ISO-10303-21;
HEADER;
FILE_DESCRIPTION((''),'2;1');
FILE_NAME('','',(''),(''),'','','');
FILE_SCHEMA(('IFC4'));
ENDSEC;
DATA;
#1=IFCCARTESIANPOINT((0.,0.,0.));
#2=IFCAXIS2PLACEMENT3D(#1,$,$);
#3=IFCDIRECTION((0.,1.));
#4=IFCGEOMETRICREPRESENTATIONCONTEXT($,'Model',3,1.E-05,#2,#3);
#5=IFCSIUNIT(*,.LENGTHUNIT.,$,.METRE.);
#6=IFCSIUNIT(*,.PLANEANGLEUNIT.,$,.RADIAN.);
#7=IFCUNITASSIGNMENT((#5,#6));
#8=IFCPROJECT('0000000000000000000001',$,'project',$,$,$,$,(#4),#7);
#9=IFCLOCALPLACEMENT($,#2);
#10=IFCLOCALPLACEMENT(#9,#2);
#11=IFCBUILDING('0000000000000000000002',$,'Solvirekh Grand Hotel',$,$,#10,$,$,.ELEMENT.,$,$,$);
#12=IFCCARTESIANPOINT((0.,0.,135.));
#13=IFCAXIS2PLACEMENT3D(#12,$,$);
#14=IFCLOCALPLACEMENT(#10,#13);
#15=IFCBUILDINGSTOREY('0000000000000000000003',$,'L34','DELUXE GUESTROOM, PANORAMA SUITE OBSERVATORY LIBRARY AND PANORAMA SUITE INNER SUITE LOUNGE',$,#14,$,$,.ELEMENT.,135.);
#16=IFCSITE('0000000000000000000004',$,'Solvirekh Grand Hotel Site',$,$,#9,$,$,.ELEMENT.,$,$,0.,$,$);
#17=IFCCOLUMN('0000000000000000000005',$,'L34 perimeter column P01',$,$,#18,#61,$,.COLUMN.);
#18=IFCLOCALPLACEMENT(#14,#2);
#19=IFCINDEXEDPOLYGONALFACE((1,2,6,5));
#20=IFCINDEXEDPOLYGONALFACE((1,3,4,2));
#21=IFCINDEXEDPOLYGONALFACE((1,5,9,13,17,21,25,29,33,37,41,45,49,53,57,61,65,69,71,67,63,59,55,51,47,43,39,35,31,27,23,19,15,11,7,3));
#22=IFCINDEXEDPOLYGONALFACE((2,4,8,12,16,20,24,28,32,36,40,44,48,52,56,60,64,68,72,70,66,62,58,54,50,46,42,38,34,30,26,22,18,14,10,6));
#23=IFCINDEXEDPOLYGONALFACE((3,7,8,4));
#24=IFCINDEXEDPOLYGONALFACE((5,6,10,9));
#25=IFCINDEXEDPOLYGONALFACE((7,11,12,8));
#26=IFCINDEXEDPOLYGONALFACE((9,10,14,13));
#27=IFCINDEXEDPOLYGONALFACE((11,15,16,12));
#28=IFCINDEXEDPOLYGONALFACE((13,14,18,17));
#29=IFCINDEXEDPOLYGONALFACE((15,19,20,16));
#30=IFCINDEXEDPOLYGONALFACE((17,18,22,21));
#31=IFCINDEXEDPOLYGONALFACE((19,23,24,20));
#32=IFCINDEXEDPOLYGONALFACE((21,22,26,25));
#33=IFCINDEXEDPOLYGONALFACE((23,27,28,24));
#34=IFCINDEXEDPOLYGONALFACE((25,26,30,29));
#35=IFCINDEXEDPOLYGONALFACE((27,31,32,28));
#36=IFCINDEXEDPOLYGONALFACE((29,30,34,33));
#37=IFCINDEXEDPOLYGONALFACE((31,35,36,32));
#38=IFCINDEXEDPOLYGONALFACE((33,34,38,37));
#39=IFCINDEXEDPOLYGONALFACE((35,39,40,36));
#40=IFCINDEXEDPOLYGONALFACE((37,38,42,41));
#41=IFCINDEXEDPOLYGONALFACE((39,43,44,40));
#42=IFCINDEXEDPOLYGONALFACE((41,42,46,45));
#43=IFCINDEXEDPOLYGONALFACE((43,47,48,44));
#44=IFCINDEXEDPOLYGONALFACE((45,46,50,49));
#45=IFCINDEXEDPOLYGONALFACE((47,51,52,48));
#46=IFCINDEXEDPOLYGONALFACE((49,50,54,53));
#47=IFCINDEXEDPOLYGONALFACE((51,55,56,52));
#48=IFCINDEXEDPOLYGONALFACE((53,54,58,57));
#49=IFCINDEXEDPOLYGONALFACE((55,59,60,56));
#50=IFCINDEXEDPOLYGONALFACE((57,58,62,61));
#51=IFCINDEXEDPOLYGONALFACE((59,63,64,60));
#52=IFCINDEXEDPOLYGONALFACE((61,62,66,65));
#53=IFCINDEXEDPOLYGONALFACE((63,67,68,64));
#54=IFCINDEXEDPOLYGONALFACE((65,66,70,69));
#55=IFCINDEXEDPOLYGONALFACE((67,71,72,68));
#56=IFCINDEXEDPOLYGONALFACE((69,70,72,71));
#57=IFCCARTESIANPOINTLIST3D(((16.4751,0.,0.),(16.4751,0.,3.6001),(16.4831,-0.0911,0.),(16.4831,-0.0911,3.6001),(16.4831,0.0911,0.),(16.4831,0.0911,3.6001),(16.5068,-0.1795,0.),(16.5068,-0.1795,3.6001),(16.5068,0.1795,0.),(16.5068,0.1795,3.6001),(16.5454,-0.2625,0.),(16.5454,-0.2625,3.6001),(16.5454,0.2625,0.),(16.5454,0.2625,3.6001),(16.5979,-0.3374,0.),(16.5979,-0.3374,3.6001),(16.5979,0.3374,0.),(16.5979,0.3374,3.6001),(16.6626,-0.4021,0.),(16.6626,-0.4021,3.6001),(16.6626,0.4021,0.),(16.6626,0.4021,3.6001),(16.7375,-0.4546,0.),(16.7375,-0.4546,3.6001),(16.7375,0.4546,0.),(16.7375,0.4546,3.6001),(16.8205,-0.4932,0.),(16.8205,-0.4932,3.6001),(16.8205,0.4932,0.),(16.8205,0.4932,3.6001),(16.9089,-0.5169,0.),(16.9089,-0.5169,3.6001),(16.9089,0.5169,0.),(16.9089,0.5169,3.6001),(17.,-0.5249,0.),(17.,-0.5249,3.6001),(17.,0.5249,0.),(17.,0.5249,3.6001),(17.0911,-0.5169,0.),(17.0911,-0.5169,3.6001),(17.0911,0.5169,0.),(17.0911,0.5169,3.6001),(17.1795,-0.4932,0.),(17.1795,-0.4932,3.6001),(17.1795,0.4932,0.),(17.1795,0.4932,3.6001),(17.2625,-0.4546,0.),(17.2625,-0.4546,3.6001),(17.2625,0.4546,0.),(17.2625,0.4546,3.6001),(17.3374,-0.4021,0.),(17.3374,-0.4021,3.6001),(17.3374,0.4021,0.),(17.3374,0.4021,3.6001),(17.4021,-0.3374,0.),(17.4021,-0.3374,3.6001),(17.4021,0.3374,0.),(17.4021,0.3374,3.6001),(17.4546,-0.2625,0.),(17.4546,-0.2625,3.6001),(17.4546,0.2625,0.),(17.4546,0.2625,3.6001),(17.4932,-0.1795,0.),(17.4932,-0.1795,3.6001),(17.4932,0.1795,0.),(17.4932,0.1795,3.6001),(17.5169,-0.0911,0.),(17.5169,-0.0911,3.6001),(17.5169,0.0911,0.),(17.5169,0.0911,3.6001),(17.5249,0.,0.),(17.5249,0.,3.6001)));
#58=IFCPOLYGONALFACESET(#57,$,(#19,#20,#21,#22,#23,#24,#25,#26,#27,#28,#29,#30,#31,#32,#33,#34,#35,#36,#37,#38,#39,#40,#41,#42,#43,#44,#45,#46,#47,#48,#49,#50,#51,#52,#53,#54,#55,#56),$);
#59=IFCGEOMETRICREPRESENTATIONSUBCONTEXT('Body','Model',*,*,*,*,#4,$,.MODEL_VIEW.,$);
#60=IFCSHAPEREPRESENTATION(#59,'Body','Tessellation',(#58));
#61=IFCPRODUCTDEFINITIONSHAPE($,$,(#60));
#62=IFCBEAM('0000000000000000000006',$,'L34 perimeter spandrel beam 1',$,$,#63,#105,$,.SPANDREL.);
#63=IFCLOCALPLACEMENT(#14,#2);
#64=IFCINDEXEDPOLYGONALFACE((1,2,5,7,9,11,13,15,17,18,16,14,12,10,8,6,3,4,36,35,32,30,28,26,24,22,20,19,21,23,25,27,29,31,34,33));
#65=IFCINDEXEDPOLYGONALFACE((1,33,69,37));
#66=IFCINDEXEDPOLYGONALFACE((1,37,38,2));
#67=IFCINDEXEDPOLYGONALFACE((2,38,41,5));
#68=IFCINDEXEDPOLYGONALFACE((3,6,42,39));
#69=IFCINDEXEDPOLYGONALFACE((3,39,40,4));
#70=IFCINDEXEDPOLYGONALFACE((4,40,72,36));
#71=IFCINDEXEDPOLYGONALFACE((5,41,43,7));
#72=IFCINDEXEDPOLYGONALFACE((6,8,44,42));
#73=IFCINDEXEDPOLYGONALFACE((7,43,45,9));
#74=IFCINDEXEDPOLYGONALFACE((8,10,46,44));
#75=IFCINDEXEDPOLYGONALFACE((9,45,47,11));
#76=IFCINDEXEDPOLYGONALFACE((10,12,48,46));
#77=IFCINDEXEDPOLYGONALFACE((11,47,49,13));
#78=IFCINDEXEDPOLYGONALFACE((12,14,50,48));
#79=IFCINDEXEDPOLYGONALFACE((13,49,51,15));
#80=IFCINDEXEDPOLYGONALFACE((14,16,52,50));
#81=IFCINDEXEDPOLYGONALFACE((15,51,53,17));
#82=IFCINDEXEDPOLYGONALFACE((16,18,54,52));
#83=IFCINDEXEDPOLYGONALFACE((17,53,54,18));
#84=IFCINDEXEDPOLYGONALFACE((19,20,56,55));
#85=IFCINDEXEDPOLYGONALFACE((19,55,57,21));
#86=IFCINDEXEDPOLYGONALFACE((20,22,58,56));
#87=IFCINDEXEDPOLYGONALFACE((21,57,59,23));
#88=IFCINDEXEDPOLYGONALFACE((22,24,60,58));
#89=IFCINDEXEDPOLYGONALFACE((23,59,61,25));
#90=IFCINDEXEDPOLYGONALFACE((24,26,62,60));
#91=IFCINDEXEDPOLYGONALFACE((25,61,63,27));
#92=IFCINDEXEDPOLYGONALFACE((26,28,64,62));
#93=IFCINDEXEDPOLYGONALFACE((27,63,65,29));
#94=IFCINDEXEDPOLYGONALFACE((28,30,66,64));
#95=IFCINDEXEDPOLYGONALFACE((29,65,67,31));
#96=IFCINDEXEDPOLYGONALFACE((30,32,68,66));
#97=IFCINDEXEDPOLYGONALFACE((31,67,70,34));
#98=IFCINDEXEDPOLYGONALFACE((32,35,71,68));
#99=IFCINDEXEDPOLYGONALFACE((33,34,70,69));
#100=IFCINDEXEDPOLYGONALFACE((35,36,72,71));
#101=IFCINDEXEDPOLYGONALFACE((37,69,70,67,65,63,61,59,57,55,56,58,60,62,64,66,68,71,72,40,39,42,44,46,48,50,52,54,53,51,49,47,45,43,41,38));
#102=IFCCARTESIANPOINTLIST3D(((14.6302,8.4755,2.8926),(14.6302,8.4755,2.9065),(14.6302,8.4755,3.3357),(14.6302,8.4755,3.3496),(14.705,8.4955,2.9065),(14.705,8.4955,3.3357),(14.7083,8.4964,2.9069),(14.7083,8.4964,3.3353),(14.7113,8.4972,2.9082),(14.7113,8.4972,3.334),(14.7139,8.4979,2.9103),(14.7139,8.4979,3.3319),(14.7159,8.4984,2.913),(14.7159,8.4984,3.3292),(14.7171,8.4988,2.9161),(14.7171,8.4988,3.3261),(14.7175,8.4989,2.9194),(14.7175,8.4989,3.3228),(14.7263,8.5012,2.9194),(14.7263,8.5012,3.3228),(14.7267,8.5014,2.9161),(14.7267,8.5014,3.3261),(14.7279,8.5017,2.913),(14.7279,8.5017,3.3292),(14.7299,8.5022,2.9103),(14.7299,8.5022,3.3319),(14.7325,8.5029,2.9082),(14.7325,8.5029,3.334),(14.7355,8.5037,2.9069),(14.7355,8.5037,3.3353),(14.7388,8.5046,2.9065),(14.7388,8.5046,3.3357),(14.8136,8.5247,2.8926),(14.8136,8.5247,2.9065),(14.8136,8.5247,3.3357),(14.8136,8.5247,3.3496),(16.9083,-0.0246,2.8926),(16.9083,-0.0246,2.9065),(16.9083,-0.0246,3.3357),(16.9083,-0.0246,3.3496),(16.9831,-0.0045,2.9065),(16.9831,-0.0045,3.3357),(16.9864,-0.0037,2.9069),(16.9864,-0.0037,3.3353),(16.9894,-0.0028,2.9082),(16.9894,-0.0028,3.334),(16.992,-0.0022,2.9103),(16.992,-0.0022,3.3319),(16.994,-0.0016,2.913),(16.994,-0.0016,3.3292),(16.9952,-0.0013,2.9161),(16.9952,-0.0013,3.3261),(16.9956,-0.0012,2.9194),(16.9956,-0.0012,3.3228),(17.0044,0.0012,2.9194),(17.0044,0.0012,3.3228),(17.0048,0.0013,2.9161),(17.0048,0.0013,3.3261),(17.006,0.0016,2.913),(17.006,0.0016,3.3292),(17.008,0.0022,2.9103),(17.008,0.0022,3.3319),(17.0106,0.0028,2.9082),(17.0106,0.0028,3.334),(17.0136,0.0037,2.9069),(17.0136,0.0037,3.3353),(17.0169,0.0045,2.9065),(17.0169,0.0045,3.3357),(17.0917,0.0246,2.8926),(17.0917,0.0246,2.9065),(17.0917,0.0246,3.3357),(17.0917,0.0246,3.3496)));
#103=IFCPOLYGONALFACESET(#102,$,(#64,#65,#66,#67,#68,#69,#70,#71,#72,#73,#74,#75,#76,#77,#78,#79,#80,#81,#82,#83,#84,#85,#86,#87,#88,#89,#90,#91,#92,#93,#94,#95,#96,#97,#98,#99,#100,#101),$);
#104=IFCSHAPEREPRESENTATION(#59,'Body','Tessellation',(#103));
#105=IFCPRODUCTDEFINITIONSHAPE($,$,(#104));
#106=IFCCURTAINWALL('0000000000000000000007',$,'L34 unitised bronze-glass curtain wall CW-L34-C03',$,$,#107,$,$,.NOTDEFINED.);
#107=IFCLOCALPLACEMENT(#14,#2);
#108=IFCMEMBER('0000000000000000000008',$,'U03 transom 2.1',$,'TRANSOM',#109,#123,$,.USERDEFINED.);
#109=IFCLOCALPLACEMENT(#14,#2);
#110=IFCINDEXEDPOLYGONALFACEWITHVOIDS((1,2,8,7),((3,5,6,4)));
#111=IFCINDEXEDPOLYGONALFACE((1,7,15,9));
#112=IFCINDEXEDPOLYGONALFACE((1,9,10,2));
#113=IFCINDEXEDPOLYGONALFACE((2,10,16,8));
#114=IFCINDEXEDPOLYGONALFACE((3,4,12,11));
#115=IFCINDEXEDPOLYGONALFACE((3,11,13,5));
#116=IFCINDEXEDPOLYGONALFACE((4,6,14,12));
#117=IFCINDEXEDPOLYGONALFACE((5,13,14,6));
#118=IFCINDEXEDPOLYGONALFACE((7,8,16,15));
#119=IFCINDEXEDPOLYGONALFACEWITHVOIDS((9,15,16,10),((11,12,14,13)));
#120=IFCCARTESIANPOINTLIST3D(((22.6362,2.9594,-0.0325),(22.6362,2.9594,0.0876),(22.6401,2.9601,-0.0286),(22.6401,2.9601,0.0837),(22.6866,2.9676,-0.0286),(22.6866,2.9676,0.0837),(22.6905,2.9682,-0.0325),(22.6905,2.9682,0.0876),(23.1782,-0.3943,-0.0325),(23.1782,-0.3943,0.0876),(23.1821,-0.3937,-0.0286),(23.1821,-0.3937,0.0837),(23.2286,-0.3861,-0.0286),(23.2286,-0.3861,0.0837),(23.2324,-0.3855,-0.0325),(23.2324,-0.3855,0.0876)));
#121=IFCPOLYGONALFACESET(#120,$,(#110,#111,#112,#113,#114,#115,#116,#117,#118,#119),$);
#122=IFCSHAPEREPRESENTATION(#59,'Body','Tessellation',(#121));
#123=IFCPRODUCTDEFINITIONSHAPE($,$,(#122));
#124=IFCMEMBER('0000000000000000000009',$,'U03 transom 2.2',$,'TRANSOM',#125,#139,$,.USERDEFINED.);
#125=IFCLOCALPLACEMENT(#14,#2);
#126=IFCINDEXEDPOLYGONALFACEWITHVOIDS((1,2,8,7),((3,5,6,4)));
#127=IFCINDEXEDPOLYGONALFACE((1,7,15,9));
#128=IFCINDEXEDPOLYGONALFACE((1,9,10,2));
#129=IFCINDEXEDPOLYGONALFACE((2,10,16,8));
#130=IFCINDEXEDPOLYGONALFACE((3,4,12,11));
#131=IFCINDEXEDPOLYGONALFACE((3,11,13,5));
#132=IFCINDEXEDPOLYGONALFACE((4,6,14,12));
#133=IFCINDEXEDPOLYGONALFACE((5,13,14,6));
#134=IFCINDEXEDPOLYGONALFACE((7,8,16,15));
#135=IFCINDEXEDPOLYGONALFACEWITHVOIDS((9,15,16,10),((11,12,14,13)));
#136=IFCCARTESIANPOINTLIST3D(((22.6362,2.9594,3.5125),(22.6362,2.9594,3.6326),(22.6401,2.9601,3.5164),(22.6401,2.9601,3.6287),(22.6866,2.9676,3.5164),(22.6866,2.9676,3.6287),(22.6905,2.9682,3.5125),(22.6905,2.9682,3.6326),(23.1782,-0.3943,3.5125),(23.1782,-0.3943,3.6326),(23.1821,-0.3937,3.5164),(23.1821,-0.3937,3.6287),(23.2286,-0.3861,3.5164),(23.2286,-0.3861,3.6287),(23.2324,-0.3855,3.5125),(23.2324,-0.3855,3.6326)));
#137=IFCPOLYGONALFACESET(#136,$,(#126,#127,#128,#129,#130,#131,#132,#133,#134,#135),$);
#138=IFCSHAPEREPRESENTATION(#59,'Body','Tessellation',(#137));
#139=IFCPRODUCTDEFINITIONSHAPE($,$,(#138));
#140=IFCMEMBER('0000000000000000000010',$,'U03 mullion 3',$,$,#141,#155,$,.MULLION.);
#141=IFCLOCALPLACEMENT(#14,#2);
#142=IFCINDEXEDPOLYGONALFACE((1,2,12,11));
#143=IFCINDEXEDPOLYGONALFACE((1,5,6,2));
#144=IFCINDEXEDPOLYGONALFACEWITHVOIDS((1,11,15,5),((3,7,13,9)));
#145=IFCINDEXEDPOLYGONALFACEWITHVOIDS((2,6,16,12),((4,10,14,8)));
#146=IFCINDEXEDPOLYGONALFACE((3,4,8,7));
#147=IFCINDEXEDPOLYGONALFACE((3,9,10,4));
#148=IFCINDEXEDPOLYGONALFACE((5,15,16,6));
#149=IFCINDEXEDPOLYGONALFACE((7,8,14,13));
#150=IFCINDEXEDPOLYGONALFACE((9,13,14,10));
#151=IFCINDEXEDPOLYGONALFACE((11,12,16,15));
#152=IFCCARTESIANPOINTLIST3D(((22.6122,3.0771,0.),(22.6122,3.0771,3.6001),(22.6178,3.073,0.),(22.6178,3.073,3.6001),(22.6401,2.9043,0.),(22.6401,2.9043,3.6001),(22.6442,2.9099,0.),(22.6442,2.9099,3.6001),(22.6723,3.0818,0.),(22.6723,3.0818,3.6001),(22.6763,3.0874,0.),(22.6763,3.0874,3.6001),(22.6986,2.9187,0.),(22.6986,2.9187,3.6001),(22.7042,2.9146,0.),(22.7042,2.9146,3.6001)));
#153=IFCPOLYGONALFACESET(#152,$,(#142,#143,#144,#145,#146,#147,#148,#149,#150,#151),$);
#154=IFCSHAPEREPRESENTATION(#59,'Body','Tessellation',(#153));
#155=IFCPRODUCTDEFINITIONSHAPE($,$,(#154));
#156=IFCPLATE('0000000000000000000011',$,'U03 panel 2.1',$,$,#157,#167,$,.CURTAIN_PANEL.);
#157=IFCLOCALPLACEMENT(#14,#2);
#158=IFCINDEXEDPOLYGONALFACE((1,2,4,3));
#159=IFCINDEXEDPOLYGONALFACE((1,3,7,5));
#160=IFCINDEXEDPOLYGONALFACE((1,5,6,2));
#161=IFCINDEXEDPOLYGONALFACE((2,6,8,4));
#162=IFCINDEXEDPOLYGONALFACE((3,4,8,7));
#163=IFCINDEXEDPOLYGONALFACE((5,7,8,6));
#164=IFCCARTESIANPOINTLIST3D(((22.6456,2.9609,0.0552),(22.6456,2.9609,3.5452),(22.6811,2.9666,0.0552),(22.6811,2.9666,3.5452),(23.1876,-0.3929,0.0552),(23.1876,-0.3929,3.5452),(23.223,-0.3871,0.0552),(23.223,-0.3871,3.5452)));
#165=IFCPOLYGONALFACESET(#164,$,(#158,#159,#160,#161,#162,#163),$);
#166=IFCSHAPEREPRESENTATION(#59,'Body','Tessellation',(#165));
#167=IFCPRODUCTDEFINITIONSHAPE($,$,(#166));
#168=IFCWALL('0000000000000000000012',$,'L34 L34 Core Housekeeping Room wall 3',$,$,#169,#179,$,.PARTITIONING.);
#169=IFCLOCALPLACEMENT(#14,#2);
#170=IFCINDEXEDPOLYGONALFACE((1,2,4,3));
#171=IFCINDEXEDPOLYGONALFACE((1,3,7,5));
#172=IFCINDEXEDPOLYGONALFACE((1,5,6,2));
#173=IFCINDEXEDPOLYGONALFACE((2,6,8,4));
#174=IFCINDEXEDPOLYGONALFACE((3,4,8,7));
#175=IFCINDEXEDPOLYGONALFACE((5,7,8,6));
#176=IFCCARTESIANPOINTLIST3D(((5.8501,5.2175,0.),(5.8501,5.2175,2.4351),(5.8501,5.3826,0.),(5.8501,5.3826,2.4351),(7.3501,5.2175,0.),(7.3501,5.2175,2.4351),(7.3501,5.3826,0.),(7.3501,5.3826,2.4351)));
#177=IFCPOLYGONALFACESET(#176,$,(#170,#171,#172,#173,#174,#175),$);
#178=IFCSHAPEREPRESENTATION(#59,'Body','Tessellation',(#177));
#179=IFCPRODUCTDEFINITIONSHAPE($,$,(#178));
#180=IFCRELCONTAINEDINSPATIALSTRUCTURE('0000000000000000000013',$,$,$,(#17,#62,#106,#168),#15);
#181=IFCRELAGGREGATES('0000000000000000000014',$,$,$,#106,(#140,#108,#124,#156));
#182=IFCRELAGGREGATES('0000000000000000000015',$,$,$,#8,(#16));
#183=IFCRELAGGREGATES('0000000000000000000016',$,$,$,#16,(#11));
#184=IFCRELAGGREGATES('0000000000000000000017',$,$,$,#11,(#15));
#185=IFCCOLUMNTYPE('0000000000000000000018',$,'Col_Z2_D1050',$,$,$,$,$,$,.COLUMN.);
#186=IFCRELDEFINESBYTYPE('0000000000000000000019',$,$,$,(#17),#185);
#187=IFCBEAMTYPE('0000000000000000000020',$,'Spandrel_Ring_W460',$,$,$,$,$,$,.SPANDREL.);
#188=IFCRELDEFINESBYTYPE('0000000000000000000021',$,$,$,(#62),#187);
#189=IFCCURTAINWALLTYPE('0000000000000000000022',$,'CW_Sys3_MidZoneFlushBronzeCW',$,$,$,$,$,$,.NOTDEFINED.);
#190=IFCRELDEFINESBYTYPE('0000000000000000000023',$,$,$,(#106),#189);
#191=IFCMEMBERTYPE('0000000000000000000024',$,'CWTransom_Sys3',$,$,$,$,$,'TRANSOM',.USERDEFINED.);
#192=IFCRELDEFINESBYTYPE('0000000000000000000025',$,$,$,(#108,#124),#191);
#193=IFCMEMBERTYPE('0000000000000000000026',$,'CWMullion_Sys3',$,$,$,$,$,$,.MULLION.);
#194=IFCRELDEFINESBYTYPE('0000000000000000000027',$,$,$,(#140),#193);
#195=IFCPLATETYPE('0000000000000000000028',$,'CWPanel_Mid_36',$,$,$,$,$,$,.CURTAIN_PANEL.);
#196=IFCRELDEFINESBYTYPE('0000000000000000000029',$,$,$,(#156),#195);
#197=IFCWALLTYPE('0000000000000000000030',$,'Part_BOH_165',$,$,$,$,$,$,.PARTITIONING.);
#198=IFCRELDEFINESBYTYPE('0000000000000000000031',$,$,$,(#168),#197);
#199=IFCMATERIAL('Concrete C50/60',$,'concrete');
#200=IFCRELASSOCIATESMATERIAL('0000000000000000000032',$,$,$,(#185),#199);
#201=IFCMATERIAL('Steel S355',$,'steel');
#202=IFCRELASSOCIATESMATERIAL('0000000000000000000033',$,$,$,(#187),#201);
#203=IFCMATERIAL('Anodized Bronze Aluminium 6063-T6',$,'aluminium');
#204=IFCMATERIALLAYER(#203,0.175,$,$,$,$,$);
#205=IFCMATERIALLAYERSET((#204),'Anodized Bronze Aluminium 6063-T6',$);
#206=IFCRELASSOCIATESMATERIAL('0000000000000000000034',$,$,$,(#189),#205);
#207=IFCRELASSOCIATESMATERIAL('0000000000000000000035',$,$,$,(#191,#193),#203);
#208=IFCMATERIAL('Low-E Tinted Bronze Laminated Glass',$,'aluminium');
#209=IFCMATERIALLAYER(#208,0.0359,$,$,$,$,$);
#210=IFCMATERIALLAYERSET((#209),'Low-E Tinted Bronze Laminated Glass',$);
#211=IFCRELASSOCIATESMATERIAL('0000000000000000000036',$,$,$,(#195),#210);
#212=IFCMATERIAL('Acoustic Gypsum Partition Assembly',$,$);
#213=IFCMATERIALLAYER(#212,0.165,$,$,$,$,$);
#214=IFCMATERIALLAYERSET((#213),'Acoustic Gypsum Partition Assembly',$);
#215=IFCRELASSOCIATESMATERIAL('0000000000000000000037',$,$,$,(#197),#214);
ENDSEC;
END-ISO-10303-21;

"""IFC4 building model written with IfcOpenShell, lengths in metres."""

from ifc_helpers import new_model, si_unit, direction, frame, frame_2d, origin, origin_2d, place, context, subcontext, project, spatial, rectangle, hollow_rectangle, circle, i_section, extrude, source, transform, mapped, material, layer, layer_set, material_profile, profile_set, type_object, element, aggregate, save


model = new_model("IFC4")

# Units and contexts
model_context = context("Model", 3, precision=1e-05, world=origin(), true_north=direction((0.0, 1.0)))
body_context = subcontext(model_context, "Body", "Model", "MODEL_VIEW")
ifc_project = project(units=[si_unit("LENGTHUNIT", "METRE"), si_unit("PLANEANGLEUNIT", "RADIAN")], contexts=[model_context])

# Site, building, storey
site_placement = place(None, origin())
site = spatial("IfcSite", under=ifc_project, at=site_placement, Name="Solvirekh Grand Hotel Site", CompositionType="ELEMENT", RefElevation=0.0)
building_placement = place(site_placement, origin())
building = spatial("IfcBuilding", under=site, at=building_placement, Name="Solvirekh Grand Hotel", CompositionType="ELEMENT")
storey_placement = place(building_placement, frame((0.0, 0.0, 135.0)))
storey = spatial("IfcBuildingStorey", under=building, at=storey_placement, Name="L34", Description="DELUXE GUESTROOM, PANORAMA SUITE OBSERVATORY LIBRARY AND PANORAMA SUITE INNER SUITE LOUNGE", CompositionType="ELEMENT", Elevation=135.0)

# Column
ifc_material_1 = material(Name="Concrete C50/60", Category="concrete")
ifc_material_profile_1 = material_profile(ifc_material_1, circle(Radius=0.5249, at=origin_2d()), Name="RC CIRC D1050")
ifc_profile_set_1 = profile_set([ifc_material_profile_1], Name="Concrete C50/60")
column_type = type_object("IfcColumnType", Name="Col_Z2_D1050", PredefinedType="COLUMN", material=ifc_profile_set_1)
column_placement = place(storey_placement, frame((17.0, 0.0, 0.0), z_axis=(0.0, 0.0, 1.0), x_axis=(1.0, 0.0, 0.0)))
element("IfcColumn", 1, at=column_placement, inside=storey, type_object=column_type, Name="L34 perimeter column P01", PredefinedType="COLUMN", context=body_context, shape_type="SweptSolid", body=[
    extrude(circle(Radius=0.5249, at=origin_2d()), origin(), (0.0, 0.0, 1.0), 3.6001),
])

# Beam
ifc_material_2 = material(Name="Steel S355", Category="steel")
ifc_material_profile_2 = material_profile(ifc_material_2, i_section(OverallWidth=0.1899, OverallDepth=0.457, WebThickness=0.009, FlangeThickness=0.0139, FilletRadius=0.0129, at=origin_2d()), Name="W460X74")
ifc_profile_set_2 = profile_set([ifc_material_profile_2], Name="Steel S355")
beam_type = type_object("IfcBeamType", Name="Spandrel_Ring_W460", PredefinedType="SPANDREL", material=ifc_profile_set_2)
beam_placement = place(storey_placement, frame((17.0, 0.0, 3.1211), z_axis=(-0.258873, 0.965911, 0.0), x_axis=(-0.965911, -0.258873, 0.0)))
element("IfcBeam", 2, at=beam_placement, inside=storey, type_object=beam_type, Name="L34 perimeter spandrel beam 1", PredefinedType="SPANDREL", context=body_context, shape_type="SweptSolid", body=[
    extrude(i_section(OverallWidth=0.1899, OverallDepth=0.457, WebThickness=0.009, FlangeThickness=0.0139, FilletRadius=0.0129, at=origin_2d()), origin(), (0.0, 0.0, 1.0), 8.8),
])

# Curtain wall, members, plate
ifc_material_3 = material(Name="Anodized Bronze Aluminium 6063-T6", Category="aluminium")
ifc_layer_1 = layer(ifc_material_3, 0.175)
ifc_layer_set_1 = layer_set([ifc_layer_1], Name="Anodized Bronze Aluminium 6063-T6")
curtain_wall_type = type_object("IfcCurtainWallType", Name="CW_Sys3_MidZoneFlushBronzeCW", PredefinedType="NOTDEFINED", material=ifc_layer_set_1)
curtain_wall_placement = place(storey_placement, origin())
curtain_wall = element("IfcCurtainWall", 3, at=curtain_wall_placement, inside=storey, type_object=curtain_wall_type, Name="L34 unitised bronze-glass curtain wall CW-L34-C03", PredefinedType="NOTDEFINED")
ifc_material_profile_3 = material_profile(ifc_material_3, hollow_rectangle(XDim=0.0549, YDim=0.1201, WallThickness=0.0039, at=origin_2d()), Name="ALU RHS 120X55X4")
ifc_profile_set_3 = profile_set([ifc_material_profile_3], Name="Anodized Bronze Aluminium 6063-T6")
member_type_1 = type_object("IfcMemberType", Name="CWTransom_Sys3", ElementType="TRANSOM", PredefinedType="USERDEFINED", material=ifc_profile_set_3)
shared_shape_1 = source(origin(), body_context, "Body", "SweptSolid", [
    extrude(hollow_rectangle(XDim=0.0549, YDim=0.1201, WallThickness=0.0039, at=origin_2d()), origin(), (0.0, 0.0, 1.0), 3.3972),
])
member_1_placement = place(storey_placement, frame((23.2053, -0.3899, 0.0276), z_axis=(-0.159537, 0.987192, 0.0), x_axis=(-0.987192, -0.159537, 0.0)))
member_1 = element("IfcMember", 4, at=member_1_placement, type_object=member_type_1, Name="U03 transom 2.1", ObjectType="TRANSOM", PredefinedType="USERDEFINED", context=body_context, shape_type="MappedRepresentation", body=[
    mapped(shared_shape_1, transform((0.0, 0.0, 0.0), x_axis=(1.0, 0.0, 0.0), y_axis=(0.0, 1.0, 0.0), z_axis=(0.0, 0.0, 1.0), scale=1.0)),
])
member_2_placement = place(storey_placement, frame((23.2053, -0.3899, 3.5725), z_axis=(-0.159537, 0.987192, 0.0), x_axis=(-0.987192, -0.159537, 0.0)))
member_2 = element("IfcMember", 5, at=member_2_placement, type_object=member_type_1, Name="U03 transom 2.2", ObjectType="TRANSOM", PredefinedType="USERDEFINED", context=body_context, shape_type="MappedRepresentation", body=[
    mapped(shared_shape_1, transform((0.0, 0.0, 0.0), x_axis=(1.0, 0.0, 0.0), y_axis=(0.0, 1.0, 0.0), z_axis=(0.0, 0.0, 1.0), scale=1.0)),
])
ifc_material_profile_4 = material_profile(ifc_material_3, hollow_rectangle(XDim=0.0649, YDim=0.175, WallThickness=0.0049, at=origin_2d()), Name="ALU RHS 175X65X5")
ifc_profile_set_4 = profile_set([ifc_material_profile_4], Name="Anodized Bronze Aluminium 6063-T6")
member_type_2 = type_object("IfcMemberType", Name="CWMullion_Sys3", PredefinedType="MULLION", material=ifc_profile_set_4)
shared_shape_2 = source(origin(), body_context, "Body", "SweptSolid", [
    extrude(hollow_rectangle(XDim=0.0649, YDim=0.175, WallThickness=0.0049, at=origin_2d()), origin(), (0.0, 0.0, 1.0), 3.6001),
])
member_3_placement = place(storey_placement, frame((22.6582, 2.9958, 0.0), z_axis=(0.0, 0.0, 1.0), x_axis=(-0.987194, -0.159525, 0.0)))
member_3 = element("IfcMember", 6, at=member_3_placement, type_object=member_type_2, Name="U03 mullion 3", PredefinedType="MULLION", context=body_context, shape_type="MappedRepresentation", body=[
    mapped(shared_shape_2, transform((0.0, 0.0, 0.0), x_axis=(1.0, 0.0, 0.0), y_axis=(0.0, 1.0, 0.0), z_axis=(0.0, 0.0, 1.0), scale=1.0)),
])
ifc_material_4 = material(Name="Low-E Tinted Bronze Laminated Glass", Category="aluminium")
ifc_layer_2 = layer(ifc_material_4, 0.0359)
ifc_layer_set_2 = layer_set([ifc_layer_2], Name="Low-E Tinted Bronze Laminated Glass")
plate_type = type_object("IfcPlateType", Name="CWPanel_Mid_36", PredefinedType="CURTAIN_PANEL", material=ifc_layer_set_2)
shared_shape_3 = source(origin(), body_context, "Body", "SweptSolid", [
    extrude(rectangle(XDim=3.3972, YDim=0.0359, at=origin_2d()), origin(), (0.0, 0.0, 1.0), 3.49),
])
plate_placement = place(storey_placement, frame((22.9343, 1.2869, 0.0552), z_axis=(0.0, 0.0, 1.0), x_axis=(-0.159525, 0.987194, 0.0)))
plate = element("IfcPlate", 7, at=plate_placement, type_object=plate_type, Name="U03 panel 2.1", PredefinedType="CURTAIN_PANEL", context=body_context, shape_type="MappedRepresentation", body=[
    mapped(shared_shape_3, transform((0.0, 0.0, 0.0), x_axis=(1.0, 0.0, 0.0), y_axis=(0.0, 1.0, 0.0), z_axis=(0.0, 0.0, 1.0), scale=1.0)),
])
aggregate(curtain_wall, [member_3, member_1, member_2, plate])

# Wall
ifc_material_5 = material(Name="Acoustic Gypsum Partition Assembly")
ifc_layer_3 = layer(ifc_material_5, 0.165)
ifc_layer_set_3 = layer_set([ifc_layer_3], Name="Acoustic Gypsum Partition Assembly")
wall_type_1 = type_object("IfcWallType", Name="Part_BOH_165", PredefinedType="PARTITIONING", material=ifc_layer_set_3)
wall_1_placement = place(storey_placement, frame((7.3501, 5.3, 0.0), z_axis=(0.0, 0.0, 1.0), x_axis=(-1.0, 0.0, 0.0)))
element("IfcWall", 8, at=wall_1_placement, inside=storey, type_object=wall_type_1, Name="L34 L34 Core Housekeeping Room wall 3", PredefinedType="PARTITIONING", context=body_context, shape_type="SweptSolid", body=[
    extrude(rectangle(XDim=1.5, YDim=0.165, at=frame_2d((0.75, 0.0))), origin(), (0.0, 0.0, 1.0), 2.4351),
])

save(model, "model.ifc")
